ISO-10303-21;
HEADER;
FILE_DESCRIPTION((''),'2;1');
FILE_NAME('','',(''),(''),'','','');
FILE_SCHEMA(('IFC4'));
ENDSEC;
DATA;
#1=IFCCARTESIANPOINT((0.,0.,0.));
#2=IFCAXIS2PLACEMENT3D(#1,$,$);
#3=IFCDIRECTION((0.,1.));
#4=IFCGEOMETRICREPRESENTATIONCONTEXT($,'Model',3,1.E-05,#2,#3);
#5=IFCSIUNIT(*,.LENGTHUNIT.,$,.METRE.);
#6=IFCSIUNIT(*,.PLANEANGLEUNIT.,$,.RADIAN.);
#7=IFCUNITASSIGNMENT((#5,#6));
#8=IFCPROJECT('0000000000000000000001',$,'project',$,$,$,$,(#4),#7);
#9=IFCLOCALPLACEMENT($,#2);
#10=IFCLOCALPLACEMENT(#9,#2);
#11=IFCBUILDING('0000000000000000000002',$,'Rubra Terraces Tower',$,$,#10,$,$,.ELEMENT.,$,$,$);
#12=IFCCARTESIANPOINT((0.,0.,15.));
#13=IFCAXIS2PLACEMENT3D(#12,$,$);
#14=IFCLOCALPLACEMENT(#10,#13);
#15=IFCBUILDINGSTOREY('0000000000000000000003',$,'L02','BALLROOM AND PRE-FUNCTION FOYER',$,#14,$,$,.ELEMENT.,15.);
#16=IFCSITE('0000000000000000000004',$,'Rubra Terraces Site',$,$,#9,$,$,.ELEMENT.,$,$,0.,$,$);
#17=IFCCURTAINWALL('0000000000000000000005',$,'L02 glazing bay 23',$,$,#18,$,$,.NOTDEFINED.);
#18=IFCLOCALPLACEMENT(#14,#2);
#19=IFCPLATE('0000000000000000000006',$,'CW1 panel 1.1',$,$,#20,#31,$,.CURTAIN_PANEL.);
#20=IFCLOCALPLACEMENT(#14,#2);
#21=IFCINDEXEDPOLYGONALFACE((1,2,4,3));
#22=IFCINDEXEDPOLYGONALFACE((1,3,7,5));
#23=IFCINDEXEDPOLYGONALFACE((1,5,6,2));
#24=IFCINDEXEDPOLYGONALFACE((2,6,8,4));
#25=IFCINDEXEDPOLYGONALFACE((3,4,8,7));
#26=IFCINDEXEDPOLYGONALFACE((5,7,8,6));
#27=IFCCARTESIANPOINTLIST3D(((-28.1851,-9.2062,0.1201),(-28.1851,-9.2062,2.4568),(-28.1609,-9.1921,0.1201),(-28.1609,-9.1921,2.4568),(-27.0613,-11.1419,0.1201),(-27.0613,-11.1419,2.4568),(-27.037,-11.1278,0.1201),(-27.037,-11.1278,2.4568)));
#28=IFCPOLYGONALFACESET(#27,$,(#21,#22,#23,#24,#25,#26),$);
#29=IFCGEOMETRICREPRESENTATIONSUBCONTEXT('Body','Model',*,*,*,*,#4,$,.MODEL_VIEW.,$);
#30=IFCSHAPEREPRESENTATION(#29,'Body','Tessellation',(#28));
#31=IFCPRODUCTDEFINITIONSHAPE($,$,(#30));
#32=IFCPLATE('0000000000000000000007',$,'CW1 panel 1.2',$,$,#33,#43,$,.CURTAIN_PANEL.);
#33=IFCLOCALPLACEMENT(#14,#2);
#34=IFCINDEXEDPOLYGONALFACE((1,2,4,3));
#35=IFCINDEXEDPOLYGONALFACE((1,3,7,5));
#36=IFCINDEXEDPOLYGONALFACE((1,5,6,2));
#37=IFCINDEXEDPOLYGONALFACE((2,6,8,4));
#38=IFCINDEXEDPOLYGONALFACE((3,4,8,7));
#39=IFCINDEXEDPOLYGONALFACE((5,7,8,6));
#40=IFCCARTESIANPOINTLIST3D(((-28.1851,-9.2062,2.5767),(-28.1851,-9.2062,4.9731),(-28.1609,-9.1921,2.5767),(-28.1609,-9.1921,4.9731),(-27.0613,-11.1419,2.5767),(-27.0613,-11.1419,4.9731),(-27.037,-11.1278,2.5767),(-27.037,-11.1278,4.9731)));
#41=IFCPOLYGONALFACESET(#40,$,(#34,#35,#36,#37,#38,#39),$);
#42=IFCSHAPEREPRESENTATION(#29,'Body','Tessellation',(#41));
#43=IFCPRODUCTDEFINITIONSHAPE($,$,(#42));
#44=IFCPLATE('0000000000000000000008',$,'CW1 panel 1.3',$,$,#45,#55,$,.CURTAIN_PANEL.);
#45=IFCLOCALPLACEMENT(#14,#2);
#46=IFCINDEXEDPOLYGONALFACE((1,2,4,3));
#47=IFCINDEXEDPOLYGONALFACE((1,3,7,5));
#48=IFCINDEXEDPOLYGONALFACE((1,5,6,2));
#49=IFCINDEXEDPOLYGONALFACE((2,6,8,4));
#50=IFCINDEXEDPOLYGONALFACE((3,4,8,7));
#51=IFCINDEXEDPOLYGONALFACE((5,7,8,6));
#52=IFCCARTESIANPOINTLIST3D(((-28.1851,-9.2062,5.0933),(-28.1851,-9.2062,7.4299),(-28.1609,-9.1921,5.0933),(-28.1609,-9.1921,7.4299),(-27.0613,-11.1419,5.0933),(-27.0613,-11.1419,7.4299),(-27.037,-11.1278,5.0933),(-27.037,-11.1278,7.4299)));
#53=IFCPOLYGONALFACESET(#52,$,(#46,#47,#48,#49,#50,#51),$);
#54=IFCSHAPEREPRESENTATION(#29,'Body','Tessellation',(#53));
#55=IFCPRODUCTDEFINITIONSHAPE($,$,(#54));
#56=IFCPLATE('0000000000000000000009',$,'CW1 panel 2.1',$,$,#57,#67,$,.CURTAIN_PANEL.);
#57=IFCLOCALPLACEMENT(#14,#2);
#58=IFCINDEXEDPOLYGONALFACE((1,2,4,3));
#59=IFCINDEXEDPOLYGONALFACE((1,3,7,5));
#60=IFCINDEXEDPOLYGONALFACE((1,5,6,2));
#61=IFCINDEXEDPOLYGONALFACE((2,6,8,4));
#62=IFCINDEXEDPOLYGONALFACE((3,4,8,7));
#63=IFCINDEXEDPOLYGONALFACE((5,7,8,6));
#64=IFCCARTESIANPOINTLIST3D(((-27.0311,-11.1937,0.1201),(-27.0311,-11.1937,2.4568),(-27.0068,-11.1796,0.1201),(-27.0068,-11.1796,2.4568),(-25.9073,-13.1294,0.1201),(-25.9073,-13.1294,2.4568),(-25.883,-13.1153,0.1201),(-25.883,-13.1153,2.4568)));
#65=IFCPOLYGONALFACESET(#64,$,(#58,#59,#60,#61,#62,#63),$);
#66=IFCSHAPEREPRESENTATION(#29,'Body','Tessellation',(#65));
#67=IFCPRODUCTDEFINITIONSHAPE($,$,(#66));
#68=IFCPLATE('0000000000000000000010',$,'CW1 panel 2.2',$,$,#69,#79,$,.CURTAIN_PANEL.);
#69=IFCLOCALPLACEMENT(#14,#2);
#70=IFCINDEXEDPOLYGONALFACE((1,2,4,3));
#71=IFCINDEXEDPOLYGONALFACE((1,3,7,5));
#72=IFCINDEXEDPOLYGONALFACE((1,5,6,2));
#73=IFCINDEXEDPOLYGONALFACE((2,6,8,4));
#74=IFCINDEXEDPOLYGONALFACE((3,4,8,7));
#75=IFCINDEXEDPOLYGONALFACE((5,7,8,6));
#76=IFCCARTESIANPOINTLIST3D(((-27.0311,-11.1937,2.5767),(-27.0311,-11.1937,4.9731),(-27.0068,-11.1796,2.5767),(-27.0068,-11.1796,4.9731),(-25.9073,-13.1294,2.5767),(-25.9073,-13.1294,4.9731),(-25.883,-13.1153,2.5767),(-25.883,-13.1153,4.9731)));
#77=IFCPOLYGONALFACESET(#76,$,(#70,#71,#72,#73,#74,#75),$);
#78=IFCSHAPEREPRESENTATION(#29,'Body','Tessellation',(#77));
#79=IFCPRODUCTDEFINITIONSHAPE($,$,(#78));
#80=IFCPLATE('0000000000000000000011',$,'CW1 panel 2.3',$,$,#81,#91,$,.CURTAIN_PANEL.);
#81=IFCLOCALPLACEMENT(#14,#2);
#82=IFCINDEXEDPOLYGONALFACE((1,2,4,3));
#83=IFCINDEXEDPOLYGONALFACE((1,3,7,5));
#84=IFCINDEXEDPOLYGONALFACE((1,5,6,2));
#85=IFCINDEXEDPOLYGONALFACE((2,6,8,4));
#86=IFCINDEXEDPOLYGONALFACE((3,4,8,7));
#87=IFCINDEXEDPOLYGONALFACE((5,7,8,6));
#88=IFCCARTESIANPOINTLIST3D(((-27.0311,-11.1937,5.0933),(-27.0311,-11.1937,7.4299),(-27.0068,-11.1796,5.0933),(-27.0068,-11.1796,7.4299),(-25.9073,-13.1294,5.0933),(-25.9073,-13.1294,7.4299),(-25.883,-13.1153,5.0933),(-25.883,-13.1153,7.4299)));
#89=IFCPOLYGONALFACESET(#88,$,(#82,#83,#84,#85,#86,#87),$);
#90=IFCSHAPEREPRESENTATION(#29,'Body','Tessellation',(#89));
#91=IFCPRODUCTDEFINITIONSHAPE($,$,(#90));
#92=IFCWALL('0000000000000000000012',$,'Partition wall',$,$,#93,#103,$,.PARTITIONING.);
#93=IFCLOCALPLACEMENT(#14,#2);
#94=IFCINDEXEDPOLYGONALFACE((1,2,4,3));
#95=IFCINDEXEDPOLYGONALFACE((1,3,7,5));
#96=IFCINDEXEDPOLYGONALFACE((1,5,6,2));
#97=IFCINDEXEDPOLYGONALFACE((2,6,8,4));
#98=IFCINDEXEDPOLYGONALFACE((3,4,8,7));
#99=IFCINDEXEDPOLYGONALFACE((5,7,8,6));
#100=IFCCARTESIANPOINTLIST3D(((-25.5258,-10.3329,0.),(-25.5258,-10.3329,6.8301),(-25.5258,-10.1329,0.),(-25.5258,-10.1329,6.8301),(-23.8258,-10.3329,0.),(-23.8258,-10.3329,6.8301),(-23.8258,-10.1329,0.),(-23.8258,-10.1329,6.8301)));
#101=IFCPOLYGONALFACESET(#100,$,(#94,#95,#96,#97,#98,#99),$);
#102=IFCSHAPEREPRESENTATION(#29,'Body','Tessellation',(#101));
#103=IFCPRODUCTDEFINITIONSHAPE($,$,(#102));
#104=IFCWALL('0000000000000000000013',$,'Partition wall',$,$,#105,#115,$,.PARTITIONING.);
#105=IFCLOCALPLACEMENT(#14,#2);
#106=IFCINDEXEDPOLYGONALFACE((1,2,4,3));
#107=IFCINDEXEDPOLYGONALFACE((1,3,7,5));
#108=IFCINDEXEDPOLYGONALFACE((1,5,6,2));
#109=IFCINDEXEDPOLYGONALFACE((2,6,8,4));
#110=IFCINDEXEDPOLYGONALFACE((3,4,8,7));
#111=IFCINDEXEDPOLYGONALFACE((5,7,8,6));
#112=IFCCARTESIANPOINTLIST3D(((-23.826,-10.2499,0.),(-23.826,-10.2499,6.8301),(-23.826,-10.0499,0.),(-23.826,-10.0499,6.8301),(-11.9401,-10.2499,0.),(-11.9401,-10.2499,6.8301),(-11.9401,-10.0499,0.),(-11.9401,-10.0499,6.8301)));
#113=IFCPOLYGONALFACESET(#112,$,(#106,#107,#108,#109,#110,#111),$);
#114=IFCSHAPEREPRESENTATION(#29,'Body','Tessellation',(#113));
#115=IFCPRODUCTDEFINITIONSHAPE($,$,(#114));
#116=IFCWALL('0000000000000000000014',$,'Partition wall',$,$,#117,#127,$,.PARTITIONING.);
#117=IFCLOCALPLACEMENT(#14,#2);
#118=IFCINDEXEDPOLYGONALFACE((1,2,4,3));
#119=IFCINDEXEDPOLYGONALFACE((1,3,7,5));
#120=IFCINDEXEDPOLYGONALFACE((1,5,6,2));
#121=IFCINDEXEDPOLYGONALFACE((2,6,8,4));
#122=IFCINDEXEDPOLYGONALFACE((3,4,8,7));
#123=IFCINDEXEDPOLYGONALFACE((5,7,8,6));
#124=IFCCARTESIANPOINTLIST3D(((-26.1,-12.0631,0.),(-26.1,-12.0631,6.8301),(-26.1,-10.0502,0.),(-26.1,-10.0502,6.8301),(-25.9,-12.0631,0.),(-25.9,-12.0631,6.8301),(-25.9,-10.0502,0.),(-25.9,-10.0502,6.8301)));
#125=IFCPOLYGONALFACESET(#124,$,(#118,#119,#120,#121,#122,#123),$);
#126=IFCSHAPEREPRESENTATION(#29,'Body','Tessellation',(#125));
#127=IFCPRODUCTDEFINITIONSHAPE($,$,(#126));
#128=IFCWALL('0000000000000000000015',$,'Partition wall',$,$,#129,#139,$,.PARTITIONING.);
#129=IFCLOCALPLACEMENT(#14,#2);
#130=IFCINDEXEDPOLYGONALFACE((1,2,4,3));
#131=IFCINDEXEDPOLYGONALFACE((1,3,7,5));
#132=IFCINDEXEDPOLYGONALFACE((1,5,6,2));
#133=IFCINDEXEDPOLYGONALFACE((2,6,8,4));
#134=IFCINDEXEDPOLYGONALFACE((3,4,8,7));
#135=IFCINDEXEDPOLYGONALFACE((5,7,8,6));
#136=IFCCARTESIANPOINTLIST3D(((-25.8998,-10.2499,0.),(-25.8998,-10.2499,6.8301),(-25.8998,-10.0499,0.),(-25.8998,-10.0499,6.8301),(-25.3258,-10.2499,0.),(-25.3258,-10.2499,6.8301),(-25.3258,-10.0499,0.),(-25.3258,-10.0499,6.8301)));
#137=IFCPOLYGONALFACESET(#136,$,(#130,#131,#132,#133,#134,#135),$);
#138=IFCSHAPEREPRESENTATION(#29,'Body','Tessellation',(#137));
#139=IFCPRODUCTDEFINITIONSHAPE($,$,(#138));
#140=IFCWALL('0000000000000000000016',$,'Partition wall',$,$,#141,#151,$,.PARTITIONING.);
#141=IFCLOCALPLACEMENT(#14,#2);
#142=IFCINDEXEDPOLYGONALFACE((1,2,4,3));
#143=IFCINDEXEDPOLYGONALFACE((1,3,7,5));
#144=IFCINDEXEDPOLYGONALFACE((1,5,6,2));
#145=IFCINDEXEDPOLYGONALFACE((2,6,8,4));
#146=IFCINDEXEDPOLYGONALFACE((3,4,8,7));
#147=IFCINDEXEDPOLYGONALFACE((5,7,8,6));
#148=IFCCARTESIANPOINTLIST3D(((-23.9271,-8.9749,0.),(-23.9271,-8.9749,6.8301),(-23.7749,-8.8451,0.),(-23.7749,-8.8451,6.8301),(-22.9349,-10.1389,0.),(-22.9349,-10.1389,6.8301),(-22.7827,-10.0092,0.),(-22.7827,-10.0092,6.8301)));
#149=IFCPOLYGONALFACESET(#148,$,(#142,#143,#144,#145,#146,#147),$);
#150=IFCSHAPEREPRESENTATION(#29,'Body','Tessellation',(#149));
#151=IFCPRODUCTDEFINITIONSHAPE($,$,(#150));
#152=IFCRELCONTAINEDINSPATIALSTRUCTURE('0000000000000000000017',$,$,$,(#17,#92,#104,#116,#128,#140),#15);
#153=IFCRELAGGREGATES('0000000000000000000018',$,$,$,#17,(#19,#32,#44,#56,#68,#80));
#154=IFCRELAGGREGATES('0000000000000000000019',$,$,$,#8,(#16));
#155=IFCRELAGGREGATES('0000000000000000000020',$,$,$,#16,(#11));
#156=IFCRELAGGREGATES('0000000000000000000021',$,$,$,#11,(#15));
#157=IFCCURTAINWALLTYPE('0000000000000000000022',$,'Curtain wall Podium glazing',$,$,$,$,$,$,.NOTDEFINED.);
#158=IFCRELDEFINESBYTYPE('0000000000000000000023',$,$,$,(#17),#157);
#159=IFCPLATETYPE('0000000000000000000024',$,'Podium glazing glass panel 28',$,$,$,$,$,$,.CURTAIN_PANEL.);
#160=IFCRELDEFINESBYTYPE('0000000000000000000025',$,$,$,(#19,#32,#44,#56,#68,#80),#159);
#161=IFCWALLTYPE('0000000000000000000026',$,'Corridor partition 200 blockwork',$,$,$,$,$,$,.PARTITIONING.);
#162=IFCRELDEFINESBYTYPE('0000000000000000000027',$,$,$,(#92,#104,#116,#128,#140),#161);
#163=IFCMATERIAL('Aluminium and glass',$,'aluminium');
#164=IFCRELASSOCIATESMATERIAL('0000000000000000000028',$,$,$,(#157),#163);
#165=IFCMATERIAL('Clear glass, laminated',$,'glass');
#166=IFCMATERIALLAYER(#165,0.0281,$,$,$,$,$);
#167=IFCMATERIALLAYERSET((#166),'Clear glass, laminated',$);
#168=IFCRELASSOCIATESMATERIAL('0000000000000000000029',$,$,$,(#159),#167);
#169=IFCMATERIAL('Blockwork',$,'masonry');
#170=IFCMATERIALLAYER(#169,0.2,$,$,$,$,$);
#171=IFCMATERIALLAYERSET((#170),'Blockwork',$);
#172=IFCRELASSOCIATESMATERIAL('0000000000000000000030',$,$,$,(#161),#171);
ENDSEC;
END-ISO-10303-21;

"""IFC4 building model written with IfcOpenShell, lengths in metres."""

from ifc_helpers import new_model, si_unit, direction, frame, frame_2d, origin, origin_2d, place, context, subcontext, project, spatial, rectangle, extrude, material, layer, layer_set, type_object, element, aggregate, save


model = new_model("IFC4")

# Units and contexts
model_context = context("Model", 3, precision=1e-05, world=origin(), true_north=direction((0.0, 1.0)))
body_context = subcontext(model_context, "Body", "Model", "MODEL_VIEW")
ifc_project = project(units=[si_unit("LENGTHUNIT", "METRE"), si_unit("PLANEANGLEUNIT", "RADIAN")], contexts=[model_context])

# Site, building, storey
site_placement = place(None, origin())
site = spatial("IfcSite", under=ifc_project, at=site_placement, Name="Rubra Terraces Site", CompositionType="ELEMENT", RefElevation=0.0)
building_placement = place(site_placement, origin())
building = spatial("IfcBuilding", under=site, at=building_placement, Name="Rubra Terraces Tower", CompositionType="ELEMENT")
storey_placement = place(building_placement, frame((0.0, 0.0, 15.0)))
storey = spatial("IfcBuildingStorey", under=building, at=storey_placement, Name="L02", Description="BALLROOM AND PRE-FUNCTION FOYER", CompositionType="ELEMENT", Elevation=15.0)

# Curtain wall
ifc_material_1 = material(Name="Aluminium and glass", Category="aluminium")
curtain_wall_type = type_object("IfcCurtainWallType", Name="Curtain wall Podium glazing", PredefinedType="NOTDEFINED", material=ifc_material_1)
curtain_wall_1_placement = place(storey_placement, origin())
curtain_wall_1 = element("IfcCurtainWall", 1, at=curtain_wall_1_placement, inside=storey, type_object=curtain_wall_type, Name="L02 glazing bay 23", PredefinedType="NOTDEFINED")

# Plates
ifc_material_2 = material(Name="Clear glass, laminated", Category="glass")
ifc_layer_1 = layer(ifc_material_2, 0.0281)
ifc_layer_set_1 = layer_set([ifc_layer_1], Name="Clear glass, laminated")
plate_type = type_object("IfcPlateType", Name="Podium glazing glass panel 28", PredefinedType="CURTAIN_PANEL", material=ifc_layer_set_1)
plate_1_placement = place(storey_placement, frame((-27.6111, -10.167, 0.1201), z_axis=(0.0, 0.0, 1.0), x_axis=(0.502094, -0.864813, 0.0)))
plate_1 = element("IfcPlate", 2, at=plate_1_placement, type_object=plate_type, Name="CW1 panel 1.1", PredefinedType="CURTAIN_PANEL", context=body_context, shape_type="SweptSolid", body=[
    extrude(rectangle(XDim=2.2383, YDim=0.0281, at=origin_2d()), origin(), (0.0, 0.0, 1.0), 2.3367),
])
plate_2_placement = place(storey_placement, frame((-27.6111, -10.167, 2.5767), z_axis=(0.0, 0.0, 1.0), x_axis=(0.502094, -0.864813, 0.0)))
plate_2 = element("IfcPlate", 3, at=plate_2_placement, type_object=plate_type, Name="CW1 panel 1.2", PredefinedType="CURTAIN_PANEL", context=body_context, shape_type="SweptSolid", body=[
    extrude(rectangle(XDim=2.2383, YDim=0.0281, at=origin_2d()), origin(), (0.0, 0.0, 1.0), 2.3965),
])
plate_3_placement = place(storey_placement, frame((-27.6111, -10.167, 5.0933), z_axis=(0.0, 0.0, 1.0), x_axis=(0.502094, -0.864813, 0.0)))
plate_3 = element("IfcPlate", 4, at=plate_3_placement, type_object=plate_type, Name="CW1 panel 1.3", PredefinedType="CURTAIN_PANEL", context=body_context, shape_type="SweptSolid", body=[
    extrude(rectangle(XDim=2.2383, YDim=0.0281, at=origin_2d()), origin(), (0.0, 0.0, 1.0), 2.3367),
])
plate_4_placement = place(storey_placement, frame((-26.457, -12.1545, 0.1201), z_axis=(0.0, 0.0, 1.0), x_axis=(0.502094, -0.864813, 0.0)))
plate_4 = element("IfcPlate", 5, at=plate_4_placement, type_object=plate_type, Name="CW1 panel 2.1", PredefinedType="CURTAIN_PANEL", context=body_context, shape_type="SweptSolid", body=[
    extrude(rectangle(XDim=2.2383, YDim=0.0281, at=origin_2d()), origin(), (0.0, 0.0, 1.0), 2.3367),
])
plate_5_placement = place(storey_placement, frame((-26.457, -12.1545, 2.5767), z_axis=(0.0, 0.0, 1.0), x_axis=(0.502094, -0.864813, 0.0)))
plate_5 = element("IfcPlate", 6, at=plate_5_placement, type_object=plate_type, Name="CW1 panel 2.2", PredefinedType="CURTAIN_PANEL", context=body_context, shape_type="SweptSolid", body=[
    extrude(rectangle(XDim=2.2383, YDim=0.0281, at=origin_2d()), origin(), (0.0, 0.0, 1.0), 2.3965),
])
plate_6_placement = place(storey_placement, frame((-26.457, -12.1545, 5.0933), z_axis=(0.0, 0.0, 1.0), x_axis=(0.502094, -0.864813, 0.0)))
plate_6 = element("IfcPlate", 7, at=plate_6_placement, type_object=plate_type, Name="CW1 panel 2.3", PredefinedType="CURTAIN_PANEL", context=body_context, shape_type="SweptSolid", body=[
    extrude(rectangle(XDim=2.2383, YDim=0.0281, at=origin_2d()), origin(), (0.0, 0.0, 1.0), 2.3367),
])
aggregate(curtain_wall_1, [plate_1, plate_2, plate_3, plate_4, plate_5, plate_6])

# Walls
ifc_material_3 = material(Name="Blockwork", Category="masonry")
ifc_layer_2 = layer(ifc_material_3, 0.2)
ifc_layer_set_2 = layer_set([ifc_layer_2], Name="Blockwork")
wall_type = type_object("IfcWallType", Name="Corridor partition 200 blockwork", PredefinedType="PARTITIONING", material=ifc_layer_set_2)
wall_1_placement = place(storey_placement, frame((-25.5259, -10.2329, 0.0), z_axis=(0.0, 0.0, 1.0), x_axis=(1.0, 0.0, 0.0)))
element("IfcWall", 8, at=wall_1_placement, inside=storey, type_object=wall_type, Name="Partition wall", PredefinedType="PARTITIONING", context=body_context, shape_type="SweptSolid", body=[
    extrude(rectangle(XDim=1.7, YDim=0.2, at=frame_2d((0.8501, 0.0))), origin(), (0.0, 0.0, 1.0), 6.8301),
])
wall_2_placement = place(storey_placement, frame((-23.8259, -10.1499, 0.0), z_axis=(0.0, 0.0, 1.0), x_axis=(1.0, 0.0, 0.0)))
element("IfcWall", 9, at=wall_2_placement, inside=storey, type_object=wall_type, Name="Partition wall", PredefinedType="PARTITIONING", context=body_context, shape_type="SweptSolid", body=[
    extrude(rectangle(XDim=11.886, YDim=0.2, at=frame_2d((5.9429, 0.0))), origin(), (0.0, 0.0, 1.0), 6.8301),
])
wall_3_placement = place(storey_placement, frame((-26.0, -12.063, 0.0), z_axis=(0.0, 0.0, 1.0), x_axis=(0.0, 1.0, 0.0)))
element("IfcWall", 10, at=wall_3_placement, inside=storey, type_object=wall_type, Name="Partition wall", PredefinedType="PARTITIONING", context=body_context, shape_type="SweptSolid", body=[
    extrude(rectangle(XDim=2.0129, YDim=0.2, at=frame_2d((1.0063, 0.0))), origin(), (0.0, 0.0, 1.0), 6.8301),
])
wall_4_placement = place(storey_placement, frame((-25.8999, -10.1499, 0.0), z_axis=(0.0, 0.0, 1.0), x_axis=(1.0, 0.0, 0.0)))
element("IfcWall", 11, at=wall_4_placement, inside=storey, type_object=wall_type, Name="Partition wall", PredefinedType="PARTITIONING", context=body_context, shape_type="SweptSolid", body=[
    extrude(rectangle(XDim=0.574, YDim=0.2, at=frame_2d((0.2871, 0.0))), origin(), (0.0, 0.0, 1.0), 6.8301),
])
wall_5_placement = place(storey_placement, frame((-22.8589, -10.074, 0.0), z_axis=(0.0, 0.0, 1.0), x_axis=(-0.648686, 0.761056, 0.0)))
element("IfcWall", 12, at=wall_5_placement, inside=storey, type_object=wall_type, Name="Partition wall", PredefinedType="PARTITIONING", context=body_context, shape_type="SweptSolid", body=[
    extrude(rectangle(XDim=1.5295, YDim=0.2, at=frame_2d((0.7646, 0.0))), origin(), (0.0, 0.0, 1.0), 6.8301),
])

save(model, "model.ifc")
